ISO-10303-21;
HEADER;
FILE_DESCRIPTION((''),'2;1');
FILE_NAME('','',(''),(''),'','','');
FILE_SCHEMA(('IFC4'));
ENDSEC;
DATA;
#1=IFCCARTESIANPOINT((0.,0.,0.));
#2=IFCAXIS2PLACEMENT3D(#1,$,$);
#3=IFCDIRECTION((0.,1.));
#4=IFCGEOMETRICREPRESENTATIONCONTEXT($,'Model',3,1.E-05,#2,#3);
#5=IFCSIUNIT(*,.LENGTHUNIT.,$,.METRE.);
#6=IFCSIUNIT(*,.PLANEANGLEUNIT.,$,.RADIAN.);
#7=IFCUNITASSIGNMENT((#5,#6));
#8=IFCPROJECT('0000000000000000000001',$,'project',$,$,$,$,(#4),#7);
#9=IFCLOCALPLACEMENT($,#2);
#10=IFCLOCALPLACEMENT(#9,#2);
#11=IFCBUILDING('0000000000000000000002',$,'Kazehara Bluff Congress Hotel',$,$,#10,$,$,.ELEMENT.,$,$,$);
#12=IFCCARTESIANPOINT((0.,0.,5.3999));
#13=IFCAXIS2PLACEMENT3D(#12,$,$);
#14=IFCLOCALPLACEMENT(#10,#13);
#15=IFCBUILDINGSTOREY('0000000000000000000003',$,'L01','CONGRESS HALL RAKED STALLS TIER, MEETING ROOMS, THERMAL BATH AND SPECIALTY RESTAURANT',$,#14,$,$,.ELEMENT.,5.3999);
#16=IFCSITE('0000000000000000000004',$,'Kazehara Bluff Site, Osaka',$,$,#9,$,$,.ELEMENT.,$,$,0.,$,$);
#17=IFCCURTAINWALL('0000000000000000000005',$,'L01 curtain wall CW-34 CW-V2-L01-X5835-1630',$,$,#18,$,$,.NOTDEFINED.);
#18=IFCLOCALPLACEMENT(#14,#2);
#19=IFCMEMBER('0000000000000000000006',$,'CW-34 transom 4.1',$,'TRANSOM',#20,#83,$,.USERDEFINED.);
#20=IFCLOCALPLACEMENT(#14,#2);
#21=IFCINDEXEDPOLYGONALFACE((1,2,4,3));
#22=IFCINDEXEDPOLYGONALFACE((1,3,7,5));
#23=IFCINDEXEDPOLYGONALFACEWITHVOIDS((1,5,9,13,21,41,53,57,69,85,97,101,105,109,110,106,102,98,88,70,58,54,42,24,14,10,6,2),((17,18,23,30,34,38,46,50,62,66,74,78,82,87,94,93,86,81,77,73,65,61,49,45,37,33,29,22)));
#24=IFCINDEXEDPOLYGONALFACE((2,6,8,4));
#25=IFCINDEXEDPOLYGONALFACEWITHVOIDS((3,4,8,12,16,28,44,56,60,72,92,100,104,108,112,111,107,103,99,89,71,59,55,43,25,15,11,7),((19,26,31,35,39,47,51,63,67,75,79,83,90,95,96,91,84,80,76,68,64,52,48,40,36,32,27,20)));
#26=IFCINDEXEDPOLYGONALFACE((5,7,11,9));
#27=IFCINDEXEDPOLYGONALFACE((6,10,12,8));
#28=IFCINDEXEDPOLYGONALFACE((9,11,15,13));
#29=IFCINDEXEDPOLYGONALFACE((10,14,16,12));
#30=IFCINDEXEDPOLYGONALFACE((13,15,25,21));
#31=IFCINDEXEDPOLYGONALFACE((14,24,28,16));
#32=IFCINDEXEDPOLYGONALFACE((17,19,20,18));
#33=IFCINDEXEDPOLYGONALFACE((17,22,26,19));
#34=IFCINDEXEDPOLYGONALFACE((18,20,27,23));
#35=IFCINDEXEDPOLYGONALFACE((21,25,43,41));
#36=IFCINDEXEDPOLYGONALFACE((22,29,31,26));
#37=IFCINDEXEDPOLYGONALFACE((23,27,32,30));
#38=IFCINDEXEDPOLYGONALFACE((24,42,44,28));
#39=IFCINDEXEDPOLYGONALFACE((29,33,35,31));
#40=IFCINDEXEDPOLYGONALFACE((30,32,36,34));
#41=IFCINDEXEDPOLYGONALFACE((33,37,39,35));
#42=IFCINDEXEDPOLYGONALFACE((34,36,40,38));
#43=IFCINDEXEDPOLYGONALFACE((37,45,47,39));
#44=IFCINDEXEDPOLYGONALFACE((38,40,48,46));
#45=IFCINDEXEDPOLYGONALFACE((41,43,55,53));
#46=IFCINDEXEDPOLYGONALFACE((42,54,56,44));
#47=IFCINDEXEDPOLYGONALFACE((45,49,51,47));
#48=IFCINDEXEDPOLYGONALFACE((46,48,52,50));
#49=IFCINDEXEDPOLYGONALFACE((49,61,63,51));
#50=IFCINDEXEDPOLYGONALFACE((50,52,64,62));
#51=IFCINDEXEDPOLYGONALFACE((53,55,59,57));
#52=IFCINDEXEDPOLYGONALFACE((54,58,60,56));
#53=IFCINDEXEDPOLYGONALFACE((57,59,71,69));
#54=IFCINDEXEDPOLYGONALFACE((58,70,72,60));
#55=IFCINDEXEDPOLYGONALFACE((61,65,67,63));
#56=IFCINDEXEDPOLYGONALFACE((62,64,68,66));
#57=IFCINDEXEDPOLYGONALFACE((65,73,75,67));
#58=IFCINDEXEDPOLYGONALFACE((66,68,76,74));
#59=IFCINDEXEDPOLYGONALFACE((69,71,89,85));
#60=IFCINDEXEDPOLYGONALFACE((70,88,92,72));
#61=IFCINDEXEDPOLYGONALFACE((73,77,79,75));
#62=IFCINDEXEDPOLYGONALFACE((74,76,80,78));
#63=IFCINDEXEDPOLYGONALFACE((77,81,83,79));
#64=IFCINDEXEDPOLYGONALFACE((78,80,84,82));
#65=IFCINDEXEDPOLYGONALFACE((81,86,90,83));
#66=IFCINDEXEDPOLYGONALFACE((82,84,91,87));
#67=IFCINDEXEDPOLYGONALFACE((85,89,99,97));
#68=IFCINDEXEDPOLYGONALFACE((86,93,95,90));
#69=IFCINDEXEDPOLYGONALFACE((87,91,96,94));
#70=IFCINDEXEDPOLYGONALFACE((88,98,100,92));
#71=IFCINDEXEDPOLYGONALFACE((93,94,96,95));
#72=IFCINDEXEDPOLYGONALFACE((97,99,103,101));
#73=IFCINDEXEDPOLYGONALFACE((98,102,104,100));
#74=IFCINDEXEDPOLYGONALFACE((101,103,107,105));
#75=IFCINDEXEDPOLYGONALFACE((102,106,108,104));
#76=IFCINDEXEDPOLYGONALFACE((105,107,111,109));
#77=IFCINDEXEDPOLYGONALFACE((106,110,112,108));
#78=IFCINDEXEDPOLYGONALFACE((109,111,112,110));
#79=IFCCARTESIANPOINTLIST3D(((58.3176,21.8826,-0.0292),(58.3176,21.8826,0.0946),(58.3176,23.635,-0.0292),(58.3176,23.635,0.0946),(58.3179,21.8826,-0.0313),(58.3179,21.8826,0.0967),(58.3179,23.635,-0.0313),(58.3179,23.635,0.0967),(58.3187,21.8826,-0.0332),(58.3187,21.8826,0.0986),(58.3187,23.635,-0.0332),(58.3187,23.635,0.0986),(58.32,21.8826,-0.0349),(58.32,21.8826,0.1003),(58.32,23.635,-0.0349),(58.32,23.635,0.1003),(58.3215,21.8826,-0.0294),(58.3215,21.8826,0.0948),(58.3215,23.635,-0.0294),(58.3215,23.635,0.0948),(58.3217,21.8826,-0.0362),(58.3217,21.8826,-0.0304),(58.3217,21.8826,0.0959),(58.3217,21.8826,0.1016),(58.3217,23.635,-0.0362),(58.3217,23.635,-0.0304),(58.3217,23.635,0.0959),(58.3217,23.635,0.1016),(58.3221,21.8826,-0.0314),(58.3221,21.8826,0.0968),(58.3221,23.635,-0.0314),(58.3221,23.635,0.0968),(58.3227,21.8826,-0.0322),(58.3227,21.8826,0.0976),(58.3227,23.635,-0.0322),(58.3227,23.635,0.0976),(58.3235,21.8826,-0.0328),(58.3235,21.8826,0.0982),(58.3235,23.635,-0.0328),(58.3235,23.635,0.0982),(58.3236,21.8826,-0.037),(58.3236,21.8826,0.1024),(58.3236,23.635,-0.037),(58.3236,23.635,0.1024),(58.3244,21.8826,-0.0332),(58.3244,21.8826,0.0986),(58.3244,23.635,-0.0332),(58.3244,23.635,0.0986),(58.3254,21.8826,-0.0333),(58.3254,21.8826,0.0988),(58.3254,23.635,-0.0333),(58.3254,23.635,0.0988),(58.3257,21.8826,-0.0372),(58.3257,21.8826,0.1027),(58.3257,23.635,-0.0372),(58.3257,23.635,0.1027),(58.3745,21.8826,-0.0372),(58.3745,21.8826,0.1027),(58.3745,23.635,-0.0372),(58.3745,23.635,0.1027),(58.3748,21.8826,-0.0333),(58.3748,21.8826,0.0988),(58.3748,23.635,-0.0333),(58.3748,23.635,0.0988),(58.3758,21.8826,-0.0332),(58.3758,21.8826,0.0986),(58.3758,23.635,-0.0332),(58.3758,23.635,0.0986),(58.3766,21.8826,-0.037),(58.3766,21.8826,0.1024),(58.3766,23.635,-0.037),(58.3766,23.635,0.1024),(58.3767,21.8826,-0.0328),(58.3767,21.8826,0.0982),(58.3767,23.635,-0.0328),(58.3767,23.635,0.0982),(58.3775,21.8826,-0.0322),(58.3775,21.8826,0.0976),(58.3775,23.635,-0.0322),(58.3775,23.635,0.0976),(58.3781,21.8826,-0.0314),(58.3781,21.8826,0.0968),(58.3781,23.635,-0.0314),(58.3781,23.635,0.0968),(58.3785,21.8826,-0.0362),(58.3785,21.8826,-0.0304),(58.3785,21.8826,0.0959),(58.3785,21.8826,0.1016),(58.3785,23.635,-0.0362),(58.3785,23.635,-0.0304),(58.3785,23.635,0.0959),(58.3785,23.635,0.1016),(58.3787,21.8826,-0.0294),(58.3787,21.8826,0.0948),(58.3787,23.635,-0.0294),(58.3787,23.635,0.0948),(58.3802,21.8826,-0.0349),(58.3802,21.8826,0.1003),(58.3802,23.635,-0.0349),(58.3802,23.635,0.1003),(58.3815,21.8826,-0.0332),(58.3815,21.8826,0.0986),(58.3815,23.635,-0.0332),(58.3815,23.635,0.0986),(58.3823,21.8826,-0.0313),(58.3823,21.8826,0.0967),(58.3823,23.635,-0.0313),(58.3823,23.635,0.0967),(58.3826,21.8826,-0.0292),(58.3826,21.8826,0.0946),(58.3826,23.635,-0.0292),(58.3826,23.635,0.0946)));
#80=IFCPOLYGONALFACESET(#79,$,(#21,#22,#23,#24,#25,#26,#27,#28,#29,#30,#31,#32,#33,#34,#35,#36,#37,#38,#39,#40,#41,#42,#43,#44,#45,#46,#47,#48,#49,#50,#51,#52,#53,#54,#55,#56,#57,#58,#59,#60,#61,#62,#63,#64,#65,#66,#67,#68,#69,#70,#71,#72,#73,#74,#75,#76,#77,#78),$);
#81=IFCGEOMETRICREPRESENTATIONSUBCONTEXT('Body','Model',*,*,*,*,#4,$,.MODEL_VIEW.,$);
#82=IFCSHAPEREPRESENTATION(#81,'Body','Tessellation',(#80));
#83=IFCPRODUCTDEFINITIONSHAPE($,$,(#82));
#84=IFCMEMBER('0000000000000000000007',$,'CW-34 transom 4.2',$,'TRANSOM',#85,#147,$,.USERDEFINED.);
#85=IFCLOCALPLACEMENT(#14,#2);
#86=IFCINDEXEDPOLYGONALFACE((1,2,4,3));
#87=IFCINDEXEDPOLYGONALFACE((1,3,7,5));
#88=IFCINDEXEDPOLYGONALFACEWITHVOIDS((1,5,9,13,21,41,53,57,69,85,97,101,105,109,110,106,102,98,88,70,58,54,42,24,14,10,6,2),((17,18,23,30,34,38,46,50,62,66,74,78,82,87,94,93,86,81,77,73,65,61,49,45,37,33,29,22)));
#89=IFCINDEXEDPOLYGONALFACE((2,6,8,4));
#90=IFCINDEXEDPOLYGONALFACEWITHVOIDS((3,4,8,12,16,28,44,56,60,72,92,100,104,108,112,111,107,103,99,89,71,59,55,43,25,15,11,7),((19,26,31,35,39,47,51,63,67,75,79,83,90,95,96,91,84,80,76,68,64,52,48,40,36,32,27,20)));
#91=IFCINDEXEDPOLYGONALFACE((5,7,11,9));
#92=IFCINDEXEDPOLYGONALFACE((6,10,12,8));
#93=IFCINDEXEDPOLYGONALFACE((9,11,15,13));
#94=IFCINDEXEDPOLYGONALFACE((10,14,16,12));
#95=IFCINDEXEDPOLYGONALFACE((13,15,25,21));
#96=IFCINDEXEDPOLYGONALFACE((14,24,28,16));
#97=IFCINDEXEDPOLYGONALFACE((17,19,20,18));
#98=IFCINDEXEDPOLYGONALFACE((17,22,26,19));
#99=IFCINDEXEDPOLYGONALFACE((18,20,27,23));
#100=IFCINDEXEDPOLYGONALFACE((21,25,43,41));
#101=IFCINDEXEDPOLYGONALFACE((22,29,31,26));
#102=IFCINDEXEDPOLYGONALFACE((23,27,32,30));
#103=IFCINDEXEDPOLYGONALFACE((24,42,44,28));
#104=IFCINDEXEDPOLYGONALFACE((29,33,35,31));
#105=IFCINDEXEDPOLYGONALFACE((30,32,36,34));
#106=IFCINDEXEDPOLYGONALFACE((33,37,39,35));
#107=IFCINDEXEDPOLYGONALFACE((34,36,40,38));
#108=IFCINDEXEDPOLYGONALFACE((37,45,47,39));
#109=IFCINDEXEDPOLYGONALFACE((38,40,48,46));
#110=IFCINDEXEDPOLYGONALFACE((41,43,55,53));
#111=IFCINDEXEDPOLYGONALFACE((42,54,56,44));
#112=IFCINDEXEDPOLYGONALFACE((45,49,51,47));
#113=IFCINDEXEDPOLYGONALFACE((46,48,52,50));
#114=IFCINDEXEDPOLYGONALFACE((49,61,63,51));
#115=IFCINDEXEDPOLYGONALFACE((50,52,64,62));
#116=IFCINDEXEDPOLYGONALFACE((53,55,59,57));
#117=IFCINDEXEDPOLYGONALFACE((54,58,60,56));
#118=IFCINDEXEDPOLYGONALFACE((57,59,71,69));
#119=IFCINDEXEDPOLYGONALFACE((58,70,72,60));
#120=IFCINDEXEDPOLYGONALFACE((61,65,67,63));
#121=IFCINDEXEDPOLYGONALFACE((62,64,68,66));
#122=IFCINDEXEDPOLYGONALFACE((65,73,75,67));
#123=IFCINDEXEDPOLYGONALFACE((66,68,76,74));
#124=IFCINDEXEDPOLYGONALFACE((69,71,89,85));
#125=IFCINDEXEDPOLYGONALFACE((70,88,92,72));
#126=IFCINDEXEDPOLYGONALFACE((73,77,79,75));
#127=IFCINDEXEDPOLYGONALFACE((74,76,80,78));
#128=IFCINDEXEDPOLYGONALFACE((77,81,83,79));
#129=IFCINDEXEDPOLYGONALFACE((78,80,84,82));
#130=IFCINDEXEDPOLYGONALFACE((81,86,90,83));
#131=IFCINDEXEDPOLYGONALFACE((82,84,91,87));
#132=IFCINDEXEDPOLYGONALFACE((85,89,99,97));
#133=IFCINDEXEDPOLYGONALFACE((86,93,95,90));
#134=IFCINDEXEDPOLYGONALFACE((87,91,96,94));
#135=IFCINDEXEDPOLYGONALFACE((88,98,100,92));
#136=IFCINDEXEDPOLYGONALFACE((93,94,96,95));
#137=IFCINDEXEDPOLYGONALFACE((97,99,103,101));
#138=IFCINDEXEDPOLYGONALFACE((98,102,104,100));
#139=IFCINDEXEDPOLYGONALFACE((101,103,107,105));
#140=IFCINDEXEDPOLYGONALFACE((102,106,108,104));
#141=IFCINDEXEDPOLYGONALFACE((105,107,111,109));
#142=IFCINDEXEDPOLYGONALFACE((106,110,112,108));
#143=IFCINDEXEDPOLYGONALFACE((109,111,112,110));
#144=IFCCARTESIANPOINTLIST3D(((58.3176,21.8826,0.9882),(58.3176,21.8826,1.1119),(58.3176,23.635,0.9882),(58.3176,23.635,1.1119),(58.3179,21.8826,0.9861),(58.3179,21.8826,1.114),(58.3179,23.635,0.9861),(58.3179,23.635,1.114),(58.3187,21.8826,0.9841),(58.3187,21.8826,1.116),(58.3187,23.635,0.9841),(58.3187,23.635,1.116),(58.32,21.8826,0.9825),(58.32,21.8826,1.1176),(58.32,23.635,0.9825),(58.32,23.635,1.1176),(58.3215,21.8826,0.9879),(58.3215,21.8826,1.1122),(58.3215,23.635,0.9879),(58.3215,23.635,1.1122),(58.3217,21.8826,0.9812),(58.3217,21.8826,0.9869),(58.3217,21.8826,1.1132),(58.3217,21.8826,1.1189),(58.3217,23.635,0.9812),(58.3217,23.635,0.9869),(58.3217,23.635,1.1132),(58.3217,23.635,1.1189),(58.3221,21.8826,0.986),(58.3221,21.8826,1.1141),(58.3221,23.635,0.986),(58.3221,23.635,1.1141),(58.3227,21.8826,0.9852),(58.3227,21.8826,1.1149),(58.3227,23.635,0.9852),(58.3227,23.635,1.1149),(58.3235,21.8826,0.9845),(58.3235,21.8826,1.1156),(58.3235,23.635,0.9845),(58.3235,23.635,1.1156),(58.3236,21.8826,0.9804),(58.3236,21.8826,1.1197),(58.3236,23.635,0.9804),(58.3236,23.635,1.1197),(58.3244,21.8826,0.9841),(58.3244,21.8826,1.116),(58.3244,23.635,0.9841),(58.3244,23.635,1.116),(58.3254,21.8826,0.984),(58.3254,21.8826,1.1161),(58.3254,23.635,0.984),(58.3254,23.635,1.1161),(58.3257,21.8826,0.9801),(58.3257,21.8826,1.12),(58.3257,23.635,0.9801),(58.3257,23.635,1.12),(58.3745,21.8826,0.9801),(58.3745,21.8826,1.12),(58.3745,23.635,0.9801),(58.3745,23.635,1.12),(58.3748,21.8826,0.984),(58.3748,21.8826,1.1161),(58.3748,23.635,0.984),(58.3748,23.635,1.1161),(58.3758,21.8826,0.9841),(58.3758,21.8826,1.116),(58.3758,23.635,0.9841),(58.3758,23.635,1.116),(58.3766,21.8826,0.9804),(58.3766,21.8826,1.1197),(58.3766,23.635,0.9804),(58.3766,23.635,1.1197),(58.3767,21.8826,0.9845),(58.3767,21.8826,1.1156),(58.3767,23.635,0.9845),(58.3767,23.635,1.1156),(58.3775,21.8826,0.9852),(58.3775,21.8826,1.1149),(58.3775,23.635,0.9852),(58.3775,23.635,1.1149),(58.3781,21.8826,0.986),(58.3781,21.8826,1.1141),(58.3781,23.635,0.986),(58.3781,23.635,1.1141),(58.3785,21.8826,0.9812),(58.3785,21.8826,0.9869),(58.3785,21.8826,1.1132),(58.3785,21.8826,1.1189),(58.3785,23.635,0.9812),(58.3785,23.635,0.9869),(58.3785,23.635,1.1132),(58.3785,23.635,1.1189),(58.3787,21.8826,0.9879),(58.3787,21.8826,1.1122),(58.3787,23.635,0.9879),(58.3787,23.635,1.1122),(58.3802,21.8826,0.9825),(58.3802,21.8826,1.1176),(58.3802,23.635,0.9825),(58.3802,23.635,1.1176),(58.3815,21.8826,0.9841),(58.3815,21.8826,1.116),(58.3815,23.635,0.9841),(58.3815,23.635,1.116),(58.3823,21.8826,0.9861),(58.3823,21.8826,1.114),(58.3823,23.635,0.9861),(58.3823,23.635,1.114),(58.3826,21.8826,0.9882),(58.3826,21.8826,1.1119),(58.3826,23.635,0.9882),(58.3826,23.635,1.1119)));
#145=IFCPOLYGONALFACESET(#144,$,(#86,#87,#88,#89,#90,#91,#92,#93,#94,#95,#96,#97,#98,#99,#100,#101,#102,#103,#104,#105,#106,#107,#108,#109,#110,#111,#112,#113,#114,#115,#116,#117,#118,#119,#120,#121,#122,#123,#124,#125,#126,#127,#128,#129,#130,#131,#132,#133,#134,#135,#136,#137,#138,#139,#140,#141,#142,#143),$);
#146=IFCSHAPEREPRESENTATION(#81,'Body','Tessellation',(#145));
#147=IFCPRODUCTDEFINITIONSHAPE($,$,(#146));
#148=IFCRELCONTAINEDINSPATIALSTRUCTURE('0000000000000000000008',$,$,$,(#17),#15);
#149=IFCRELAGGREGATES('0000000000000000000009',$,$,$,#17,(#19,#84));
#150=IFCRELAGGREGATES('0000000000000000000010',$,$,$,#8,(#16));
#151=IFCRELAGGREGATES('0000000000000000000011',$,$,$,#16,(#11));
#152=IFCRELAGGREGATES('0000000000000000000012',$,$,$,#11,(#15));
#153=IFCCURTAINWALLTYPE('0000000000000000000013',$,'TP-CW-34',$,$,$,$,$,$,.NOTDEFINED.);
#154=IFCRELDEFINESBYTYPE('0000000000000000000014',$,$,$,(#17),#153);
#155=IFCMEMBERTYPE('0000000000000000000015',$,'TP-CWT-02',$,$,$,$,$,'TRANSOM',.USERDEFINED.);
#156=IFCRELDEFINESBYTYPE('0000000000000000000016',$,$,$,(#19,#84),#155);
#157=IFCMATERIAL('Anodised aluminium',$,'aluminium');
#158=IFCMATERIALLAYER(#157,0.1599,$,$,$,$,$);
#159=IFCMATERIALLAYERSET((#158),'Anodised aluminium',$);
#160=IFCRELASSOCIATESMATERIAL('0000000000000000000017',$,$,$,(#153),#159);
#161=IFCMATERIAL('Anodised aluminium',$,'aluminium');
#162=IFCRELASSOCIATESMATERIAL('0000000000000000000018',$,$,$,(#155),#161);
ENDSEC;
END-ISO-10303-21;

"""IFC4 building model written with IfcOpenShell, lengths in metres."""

from ifc_helpers import new_model, si_unit, direction, frame, origin, origin_2d, place, context, subcontext, project, spatial, hollow_rectangle, extrude, material, layer, layer_set, material_profile, profile_set, type_object, element, aggregate, save


model = new_model("IFC4")

# Units and contexts
model_context = context("Model", 3, precision=1e-05, world=origin(), true_north=direction((0.0, 1.0)))
body_context = subcontext(model_context, "Body", "Model", "MODEL_VIEW")
ifc_project = project(units=[si_unit("LENGTHUNIT", "METRE"), si_unit("PLANEANGLEUNIT", "RADIAN")], contexts=[model_context])

# Site, building, storey
site_placement = place(None, origin())
site = spatial("IfcSite", under=ifc_project, at=site_placement, Name="Kazehara Bluff Site, Osaka", CompositionType="ELEMENT", RefElevation=0.0)
building_placement = place(site_placement, origin())
building = spatial("IfcBuilding", under=site, at=building_placement, Name="Kazehara Bluff Congress Hotel", CompositionType="ELEMENT")
storey_placement = place(building_placement, frame((0.0, 0.0, 5.3999)))
storey = spatial("IfcBuildingStorey", under=building, at=storey_placement, Name="L01", Description="CONGRESS HALL RAKED STALLS TIER, MEETING ROOMS, THERMAL BATH AND SPECIALTY RESTAURANT", CompositionType="ELEMENT", Elevation=5.3999)

# Curtain wall, members
ifc_material_1 = material(Name="Anodised aluminium", Category="aluminium")
ifc_layer_1 = layer(ifc_material_1, 0.1599)
ifc_layer_set_1 = layer_set([ifc_layer_1], Name="Anodised aluminium")
curtain_wall_type = type_object("IfcCurtainWallType", Name="TP-CW-34", PredefinedType="NOTDEFINED", material=ifc_layer_set_1)
curtain_wall_placement = place(storey_placement, origin())
curtain_wall = element("IfcCurtainWall", 1, at=curtain_wall_placement, inside=storey, type_object=curtain_wall_type, Name="L01 curtain wall CW-34 CW-V2-L01-X5835-1630", PredefinedType="NOTDEFINED")
ifc_material_2 = material(Name="Anodised aluminium", Category="aluminium")
ifc_material_profile_1 = material_profile(ifc_material_2, hollow_rectangle(XDim=0.0649, YDim=0.1399, WallThickness=0.0039, InnerFilletRadius=0.0039, OuterFilletRadius=0.0081, at=origin_2d()))
ifc_profile_set_1 = profile_set([ifc_material_profile_1], Name="Anodised aluminium")
member_type_1 = type_object("IfcMemberType", Name="TP-CWT-02", ElementType="TRANSOM", PredefinedType="USERDEFINED", material=ifc_profile_set_1)
member_1_placement = place(storey_placement, frame((58.3501, 21.8826, 0.0327), z_axis=(0.0, 1.0, 0.0), x_axis=(-1.0, 0.0, 0.0)))
member_1 = element("IfcMember", 2, at=member_1_placement, type_object=member_type_1, Name="CW-34 transom 4.1", ObjectType="TRANSOM", PredefinedType="USERDEFINED", context=body_context, shape_type="SweptSolid", body=[
    extrude(hollow_rectangle(XDim=0.0649, YDim=0.1399, WallThickness=0.0039, InnerFilletRadius=0.0039, OuterFilletRadius=0.0081, at=origin_2d()), origin(), (0.0, 0.0, 1.0), 1.7524),
])
member_2_placement = place(storey_placement, frame((58.3501, 21.8826, 1.05), z_axis=(0.0, 1.0, 0.0), x_axis=(-1.0, 0.0, 0.0)))
member_2 = element("IfcMember", 3, at=member_2_placement, type_object=member_type_1, Name="CW-34 transom 4.2", ObjectType="TRANSOM", PredefinedType="USERDEFINED", context=body_context, shape_type="SweptSolid", body=[
    extrude(hollow_rectangle(XDim=0.0649, YDim=0.1399, WallThickness=0.0039, InnerFilletRadius=0.0039, OuterFilletRadius=0.0081, at=origin_2d()), origin(), (0.0, 0.0, 1.0), 1.7524),
])

aggregate(curtain_wall, [member_1, member_2])

save(model, "model.ifc")
